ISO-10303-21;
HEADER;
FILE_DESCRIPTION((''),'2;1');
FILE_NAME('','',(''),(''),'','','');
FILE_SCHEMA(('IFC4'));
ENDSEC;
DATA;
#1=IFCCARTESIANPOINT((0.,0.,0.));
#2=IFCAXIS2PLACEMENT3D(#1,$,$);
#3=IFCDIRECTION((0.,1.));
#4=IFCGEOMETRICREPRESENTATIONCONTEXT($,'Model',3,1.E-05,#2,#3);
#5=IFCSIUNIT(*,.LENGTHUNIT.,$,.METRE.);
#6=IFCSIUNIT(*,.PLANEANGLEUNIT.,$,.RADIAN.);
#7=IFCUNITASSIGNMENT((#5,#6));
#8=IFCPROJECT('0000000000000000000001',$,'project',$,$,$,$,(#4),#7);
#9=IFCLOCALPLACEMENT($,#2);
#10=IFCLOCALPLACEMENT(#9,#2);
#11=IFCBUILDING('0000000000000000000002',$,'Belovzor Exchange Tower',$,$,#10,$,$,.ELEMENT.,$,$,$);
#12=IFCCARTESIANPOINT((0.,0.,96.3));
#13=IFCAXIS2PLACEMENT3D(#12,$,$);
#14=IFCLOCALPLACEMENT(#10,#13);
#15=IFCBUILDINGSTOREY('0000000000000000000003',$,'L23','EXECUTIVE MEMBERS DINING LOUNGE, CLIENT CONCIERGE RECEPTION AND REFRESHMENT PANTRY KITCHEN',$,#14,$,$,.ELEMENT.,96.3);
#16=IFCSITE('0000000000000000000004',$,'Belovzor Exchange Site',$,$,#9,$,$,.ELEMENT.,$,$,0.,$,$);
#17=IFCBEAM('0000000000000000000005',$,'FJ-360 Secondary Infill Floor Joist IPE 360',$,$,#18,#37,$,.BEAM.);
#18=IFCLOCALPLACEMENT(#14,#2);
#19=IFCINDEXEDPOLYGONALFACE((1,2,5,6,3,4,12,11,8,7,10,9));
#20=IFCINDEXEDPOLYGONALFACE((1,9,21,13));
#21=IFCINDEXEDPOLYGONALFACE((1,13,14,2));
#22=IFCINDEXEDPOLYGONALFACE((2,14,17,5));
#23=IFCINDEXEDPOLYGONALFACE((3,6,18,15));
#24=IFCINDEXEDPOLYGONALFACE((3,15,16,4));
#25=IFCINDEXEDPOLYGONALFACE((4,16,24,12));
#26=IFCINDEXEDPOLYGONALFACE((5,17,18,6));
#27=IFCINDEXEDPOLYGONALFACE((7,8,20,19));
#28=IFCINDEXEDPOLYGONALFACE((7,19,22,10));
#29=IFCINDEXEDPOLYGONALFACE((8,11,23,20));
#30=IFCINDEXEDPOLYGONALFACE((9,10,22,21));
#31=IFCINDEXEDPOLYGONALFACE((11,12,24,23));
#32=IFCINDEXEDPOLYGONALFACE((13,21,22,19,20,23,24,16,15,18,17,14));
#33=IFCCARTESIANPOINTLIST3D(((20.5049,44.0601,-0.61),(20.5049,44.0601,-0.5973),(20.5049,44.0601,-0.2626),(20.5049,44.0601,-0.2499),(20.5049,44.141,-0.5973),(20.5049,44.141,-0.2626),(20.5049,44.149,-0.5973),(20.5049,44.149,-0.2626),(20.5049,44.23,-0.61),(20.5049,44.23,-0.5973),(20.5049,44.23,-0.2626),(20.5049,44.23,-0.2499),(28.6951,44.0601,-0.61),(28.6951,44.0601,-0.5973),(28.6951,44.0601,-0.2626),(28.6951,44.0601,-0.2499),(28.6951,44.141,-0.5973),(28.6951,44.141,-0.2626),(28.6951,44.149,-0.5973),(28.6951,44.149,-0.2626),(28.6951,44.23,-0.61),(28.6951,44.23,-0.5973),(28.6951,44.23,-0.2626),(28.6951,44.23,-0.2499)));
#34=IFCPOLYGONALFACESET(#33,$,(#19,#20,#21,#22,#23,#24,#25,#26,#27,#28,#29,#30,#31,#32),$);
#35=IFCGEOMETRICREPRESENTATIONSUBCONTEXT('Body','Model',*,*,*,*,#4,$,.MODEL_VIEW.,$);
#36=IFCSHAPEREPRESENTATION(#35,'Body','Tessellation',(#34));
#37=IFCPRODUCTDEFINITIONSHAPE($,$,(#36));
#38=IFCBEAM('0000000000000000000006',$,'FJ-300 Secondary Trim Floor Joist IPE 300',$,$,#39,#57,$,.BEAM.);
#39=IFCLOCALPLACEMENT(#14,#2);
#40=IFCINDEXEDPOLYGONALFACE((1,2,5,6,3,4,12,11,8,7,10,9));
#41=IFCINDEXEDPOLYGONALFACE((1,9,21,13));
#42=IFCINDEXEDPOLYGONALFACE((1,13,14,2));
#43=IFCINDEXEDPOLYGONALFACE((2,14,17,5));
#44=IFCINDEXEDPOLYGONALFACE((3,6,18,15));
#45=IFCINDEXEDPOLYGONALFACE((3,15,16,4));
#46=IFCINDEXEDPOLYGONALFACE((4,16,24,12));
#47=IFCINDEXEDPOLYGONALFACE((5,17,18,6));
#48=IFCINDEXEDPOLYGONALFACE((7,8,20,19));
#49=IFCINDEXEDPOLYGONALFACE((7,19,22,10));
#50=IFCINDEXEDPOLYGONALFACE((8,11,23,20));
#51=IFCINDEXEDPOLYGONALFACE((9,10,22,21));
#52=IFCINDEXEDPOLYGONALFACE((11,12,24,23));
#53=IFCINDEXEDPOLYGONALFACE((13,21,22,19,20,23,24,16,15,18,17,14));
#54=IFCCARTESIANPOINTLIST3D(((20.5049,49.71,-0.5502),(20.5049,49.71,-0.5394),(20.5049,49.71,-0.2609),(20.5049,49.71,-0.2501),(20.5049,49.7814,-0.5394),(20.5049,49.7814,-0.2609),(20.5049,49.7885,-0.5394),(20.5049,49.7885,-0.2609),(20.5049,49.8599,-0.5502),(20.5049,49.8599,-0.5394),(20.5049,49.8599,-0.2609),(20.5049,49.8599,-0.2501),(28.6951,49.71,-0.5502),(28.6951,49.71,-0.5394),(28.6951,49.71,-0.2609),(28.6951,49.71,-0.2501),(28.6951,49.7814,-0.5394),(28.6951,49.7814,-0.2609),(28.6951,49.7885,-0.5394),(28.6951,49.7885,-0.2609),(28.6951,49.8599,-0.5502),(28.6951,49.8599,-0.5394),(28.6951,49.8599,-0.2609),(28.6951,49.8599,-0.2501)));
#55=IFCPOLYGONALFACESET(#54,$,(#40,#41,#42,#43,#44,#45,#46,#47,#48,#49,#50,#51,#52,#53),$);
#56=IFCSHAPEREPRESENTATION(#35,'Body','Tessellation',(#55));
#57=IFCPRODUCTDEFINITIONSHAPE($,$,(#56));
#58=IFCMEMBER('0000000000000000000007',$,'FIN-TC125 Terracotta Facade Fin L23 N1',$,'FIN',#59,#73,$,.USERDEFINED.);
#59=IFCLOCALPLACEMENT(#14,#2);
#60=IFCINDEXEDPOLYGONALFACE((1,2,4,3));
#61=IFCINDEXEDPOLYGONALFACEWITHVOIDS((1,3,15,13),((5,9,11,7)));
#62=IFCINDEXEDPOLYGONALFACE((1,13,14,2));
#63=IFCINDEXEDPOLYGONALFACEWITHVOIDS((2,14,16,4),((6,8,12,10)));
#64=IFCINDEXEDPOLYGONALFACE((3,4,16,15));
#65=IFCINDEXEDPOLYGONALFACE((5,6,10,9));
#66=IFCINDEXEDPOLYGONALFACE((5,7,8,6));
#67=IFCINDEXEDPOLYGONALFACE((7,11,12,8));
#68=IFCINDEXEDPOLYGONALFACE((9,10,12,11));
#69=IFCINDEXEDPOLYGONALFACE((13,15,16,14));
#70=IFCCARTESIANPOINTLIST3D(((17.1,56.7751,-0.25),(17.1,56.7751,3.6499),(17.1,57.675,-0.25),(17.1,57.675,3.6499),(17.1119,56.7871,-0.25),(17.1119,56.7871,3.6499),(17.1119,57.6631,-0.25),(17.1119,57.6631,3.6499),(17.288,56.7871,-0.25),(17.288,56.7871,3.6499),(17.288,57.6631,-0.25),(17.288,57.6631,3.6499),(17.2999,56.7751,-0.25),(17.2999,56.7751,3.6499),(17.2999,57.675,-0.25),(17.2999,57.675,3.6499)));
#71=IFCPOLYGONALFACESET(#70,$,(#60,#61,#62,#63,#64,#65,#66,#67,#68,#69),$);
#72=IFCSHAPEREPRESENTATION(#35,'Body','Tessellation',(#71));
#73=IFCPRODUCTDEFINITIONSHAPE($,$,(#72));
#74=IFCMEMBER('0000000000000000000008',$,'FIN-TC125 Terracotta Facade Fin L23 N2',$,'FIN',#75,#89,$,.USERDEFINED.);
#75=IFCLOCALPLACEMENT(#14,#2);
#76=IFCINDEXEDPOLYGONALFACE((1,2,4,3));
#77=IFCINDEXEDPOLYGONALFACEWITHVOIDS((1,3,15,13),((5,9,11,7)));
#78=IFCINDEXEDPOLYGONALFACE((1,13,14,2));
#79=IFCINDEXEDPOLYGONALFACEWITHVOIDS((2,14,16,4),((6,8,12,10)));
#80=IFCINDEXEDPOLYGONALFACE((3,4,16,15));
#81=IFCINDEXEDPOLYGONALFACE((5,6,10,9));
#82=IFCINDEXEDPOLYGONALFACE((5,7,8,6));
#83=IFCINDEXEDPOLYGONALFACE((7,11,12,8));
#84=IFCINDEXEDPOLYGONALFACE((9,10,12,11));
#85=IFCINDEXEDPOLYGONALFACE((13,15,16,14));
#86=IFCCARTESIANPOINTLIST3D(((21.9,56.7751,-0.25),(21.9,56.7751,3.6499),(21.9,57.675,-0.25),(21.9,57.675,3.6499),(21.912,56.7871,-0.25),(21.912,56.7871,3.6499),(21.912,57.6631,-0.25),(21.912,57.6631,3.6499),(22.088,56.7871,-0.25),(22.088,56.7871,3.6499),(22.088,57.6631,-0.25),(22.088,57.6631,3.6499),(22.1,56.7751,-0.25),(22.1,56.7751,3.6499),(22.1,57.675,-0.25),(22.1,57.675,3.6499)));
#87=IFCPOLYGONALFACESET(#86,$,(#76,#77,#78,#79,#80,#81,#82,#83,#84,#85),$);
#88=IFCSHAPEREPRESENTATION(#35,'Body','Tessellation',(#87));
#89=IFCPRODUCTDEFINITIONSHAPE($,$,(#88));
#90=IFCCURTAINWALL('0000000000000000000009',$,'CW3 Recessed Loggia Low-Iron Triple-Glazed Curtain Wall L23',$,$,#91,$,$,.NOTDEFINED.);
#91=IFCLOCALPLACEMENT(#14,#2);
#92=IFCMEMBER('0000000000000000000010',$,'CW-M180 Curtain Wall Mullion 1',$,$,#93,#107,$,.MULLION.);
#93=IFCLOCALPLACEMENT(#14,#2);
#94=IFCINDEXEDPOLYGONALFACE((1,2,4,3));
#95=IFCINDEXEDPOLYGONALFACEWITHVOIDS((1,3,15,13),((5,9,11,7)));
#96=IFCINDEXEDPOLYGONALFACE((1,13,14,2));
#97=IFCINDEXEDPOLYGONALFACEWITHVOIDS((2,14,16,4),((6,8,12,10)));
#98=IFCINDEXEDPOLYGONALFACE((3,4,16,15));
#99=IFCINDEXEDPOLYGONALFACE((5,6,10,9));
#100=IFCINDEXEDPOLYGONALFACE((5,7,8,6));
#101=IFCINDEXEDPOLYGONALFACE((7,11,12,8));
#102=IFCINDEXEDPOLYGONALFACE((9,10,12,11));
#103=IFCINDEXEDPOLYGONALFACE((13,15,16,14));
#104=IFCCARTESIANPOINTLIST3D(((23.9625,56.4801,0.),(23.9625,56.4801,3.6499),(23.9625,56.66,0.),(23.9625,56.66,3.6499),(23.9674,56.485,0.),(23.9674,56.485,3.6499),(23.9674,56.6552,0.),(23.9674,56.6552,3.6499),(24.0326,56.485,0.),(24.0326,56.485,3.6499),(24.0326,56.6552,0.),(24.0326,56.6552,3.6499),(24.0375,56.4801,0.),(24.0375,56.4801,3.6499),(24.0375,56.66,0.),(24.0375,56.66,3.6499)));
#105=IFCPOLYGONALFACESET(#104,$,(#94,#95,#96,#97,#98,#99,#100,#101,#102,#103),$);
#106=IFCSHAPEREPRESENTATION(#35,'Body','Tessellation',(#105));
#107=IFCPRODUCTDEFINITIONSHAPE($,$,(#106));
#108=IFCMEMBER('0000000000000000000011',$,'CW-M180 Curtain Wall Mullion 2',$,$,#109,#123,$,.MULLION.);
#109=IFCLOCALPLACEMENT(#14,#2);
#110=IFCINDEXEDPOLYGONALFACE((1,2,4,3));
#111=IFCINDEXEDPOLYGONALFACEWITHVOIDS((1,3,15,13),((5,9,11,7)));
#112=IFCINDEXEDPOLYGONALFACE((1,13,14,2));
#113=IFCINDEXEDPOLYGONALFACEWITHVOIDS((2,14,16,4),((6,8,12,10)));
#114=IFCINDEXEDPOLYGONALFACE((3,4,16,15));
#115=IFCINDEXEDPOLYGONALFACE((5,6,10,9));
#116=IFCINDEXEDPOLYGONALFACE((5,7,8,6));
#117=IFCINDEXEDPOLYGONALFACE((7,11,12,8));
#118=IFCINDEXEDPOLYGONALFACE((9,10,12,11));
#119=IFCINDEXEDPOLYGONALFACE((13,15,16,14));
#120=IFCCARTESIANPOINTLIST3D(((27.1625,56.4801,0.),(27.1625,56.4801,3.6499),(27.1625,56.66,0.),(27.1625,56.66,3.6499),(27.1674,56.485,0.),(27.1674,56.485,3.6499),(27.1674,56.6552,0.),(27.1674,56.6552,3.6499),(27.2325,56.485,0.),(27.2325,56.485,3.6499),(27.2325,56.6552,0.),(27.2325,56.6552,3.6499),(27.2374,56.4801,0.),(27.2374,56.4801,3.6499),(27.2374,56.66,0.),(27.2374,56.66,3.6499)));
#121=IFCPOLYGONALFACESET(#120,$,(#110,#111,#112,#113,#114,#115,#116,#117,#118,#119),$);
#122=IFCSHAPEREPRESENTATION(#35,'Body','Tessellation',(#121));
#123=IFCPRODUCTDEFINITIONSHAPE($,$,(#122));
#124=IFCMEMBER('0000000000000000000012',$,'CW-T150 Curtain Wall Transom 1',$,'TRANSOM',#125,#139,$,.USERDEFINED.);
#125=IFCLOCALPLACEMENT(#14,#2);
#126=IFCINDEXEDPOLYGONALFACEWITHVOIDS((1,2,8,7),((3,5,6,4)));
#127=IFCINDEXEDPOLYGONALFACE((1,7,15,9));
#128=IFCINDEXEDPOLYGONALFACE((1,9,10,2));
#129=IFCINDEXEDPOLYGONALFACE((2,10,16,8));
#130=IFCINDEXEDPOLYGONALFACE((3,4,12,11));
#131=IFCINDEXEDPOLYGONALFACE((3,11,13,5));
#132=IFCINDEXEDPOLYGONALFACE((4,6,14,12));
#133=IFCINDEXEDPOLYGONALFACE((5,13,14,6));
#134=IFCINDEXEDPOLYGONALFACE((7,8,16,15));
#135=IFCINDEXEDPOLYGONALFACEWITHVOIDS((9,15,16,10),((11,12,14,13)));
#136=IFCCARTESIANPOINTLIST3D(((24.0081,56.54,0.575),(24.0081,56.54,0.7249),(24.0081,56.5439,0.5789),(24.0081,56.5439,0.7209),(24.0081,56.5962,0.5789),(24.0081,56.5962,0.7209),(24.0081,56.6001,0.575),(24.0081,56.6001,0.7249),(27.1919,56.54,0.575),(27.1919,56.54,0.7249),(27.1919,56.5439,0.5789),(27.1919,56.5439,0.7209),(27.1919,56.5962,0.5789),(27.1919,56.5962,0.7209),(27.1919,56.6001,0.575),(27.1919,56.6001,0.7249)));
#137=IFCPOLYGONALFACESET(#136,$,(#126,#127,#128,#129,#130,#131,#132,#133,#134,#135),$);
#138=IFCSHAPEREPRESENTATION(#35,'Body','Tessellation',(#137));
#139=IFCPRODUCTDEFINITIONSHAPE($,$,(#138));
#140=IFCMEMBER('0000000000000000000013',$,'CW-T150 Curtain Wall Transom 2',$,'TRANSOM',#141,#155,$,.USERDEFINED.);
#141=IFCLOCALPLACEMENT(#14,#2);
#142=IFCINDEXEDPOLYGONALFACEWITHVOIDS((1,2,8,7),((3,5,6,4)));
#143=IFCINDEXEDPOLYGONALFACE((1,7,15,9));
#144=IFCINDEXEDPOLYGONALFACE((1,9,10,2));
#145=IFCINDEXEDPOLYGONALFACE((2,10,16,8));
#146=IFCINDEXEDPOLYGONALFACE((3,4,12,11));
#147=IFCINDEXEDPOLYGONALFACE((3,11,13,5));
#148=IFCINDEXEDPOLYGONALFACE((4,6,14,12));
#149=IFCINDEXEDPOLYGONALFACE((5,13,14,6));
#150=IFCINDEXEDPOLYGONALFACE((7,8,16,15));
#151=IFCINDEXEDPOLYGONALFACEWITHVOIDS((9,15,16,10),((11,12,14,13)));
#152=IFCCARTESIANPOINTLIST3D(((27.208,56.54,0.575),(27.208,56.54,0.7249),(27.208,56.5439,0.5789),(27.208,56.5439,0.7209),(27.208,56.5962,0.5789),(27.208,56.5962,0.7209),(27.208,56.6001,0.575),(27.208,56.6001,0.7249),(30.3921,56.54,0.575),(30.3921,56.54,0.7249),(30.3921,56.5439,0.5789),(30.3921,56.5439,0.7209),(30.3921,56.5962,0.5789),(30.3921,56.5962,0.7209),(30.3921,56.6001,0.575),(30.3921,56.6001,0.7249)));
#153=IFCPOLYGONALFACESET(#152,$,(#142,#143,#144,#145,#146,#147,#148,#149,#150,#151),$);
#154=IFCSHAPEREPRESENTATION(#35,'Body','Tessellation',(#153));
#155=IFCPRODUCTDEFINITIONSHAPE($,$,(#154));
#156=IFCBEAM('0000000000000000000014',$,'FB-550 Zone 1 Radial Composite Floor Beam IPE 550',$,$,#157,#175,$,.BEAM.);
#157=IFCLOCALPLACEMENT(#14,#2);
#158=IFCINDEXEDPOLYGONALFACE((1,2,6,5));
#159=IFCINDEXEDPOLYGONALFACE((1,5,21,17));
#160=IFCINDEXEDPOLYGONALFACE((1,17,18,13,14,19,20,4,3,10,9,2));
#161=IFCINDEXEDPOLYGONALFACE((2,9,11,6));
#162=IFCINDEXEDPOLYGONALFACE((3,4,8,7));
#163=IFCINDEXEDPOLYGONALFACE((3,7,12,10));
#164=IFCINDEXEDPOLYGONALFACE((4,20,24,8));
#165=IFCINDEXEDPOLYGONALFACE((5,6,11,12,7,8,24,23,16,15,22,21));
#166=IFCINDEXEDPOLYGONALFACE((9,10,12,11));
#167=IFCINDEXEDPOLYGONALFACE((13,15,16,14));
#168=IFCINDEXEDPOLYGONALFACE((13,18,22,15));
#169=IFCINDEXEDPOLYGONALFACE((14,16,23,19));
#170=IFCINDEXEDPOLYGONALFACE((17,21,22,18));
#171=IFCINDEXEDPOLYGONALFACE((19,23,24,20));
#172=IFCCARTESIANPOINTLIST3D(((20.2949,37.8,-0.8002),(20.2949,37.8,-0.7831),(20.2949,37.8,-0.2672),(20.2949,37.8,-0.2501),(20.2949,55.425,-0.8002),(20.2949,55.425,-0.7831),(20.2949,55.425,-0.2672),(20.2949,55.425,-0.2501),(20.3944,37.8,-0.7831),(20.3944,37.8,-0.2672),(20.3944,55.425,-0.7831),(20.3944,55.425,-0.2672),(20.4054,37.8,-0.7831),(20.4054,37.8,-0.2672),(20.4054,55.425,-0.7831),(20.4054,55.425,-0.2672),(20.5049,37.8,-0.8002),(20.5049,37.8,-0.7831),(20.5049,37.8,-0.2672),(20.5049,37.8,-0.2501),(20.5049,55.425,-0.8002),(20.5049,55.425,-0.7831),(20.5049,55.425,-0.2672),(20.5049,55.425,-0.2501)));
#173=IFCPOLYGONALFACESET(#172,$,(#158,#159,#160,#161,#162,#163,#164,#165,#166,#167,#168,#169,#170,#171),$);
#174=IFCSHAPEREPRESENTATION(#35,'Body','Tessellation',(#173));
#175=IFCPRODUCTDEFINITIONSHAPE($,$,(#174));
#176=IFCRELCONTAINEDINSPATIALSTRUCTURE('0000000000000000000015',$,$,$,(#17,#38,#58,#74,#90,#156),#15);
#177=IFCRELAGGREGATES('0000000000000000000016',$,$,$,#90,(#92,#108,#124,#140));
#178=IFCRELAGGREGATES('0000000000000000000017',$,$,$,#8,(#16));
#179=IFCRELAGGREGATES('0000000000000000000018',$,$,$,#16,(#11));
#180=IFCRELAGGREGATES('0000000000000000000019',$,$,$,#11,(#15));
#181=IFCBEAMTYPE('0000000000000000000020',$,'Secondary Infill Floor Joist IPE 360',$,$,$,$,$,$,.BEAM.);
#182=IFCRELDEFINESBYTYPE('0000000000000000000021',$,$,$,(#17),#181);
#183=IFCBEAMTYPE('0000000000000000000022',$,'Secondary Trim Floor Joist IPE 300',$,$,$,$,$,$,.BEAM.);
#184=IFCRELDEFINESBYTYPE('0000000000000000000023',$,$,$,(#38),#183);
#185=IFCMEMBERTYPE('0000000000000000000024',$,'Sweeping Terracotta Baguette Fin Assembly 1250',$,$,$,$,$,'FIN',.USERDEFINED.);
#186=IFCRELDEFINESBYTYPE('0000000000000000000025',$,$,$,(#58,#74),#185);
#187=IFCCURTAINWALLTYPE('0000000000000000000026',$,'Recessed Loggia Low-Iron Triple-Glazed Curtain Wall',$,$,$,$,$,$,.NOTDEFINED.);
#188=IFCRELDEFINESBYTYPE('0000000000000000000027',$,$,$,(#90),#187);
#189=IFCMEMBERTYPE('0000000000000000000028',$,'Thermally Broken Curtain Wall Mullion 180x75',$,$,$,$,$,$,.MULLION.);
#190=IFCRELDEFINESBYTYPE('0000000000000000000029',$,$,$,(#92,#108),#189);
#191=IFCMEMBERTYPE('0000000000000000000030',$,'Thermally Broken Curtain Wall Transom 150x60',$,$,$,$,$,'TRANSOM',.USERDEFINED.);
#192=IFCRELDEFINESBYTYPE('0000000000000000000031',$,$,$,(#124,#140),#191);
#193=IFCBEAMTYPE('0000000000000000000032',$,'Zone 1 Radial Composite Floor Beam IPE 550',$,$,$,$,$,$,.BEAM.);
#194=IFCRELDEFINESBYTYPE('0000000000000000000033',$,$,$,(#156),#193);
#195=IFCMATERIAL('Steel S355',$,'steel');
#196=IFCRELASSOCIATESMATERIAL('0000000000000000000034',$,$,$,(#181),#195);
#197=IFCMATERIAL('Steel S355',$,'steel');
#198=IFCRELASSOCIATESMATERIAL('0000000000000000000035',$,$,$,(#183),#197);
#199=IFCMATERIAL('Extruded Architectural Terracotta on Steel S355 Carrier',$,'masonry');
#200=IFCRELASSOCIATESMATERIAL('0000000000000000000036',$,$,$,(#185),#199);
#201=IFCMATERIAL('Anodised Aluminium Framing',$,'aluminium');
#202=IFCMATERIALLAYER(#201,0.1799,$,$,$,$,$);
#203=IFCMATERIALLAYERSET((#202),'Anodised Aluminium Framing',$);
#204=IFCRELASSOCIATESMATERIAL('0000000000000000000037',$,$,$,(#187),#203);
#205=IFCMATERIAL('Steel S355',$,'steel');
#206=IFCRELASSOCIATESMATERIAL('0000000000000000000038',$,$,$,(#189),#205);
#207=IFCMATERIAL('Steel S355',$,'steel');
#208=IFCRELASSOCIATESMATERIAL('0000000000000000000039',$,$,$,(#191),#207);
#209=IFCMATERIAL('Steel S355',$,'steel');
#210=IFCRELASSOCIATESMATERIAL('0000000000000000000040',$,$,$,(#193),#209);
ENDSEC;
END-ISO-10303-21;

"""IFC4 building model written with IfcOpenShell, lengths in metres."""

from ifc_helpers import new_model, si_unit, direction, frame, origin, origin_2d, place, context, subcontext, project, spatial, hollow_rectangle, i_section, extrude, material, layer, layer_set, material_profile, profile_set, type_object, element, aggregate, save


model = new_model("IFC4")

# Units and contexts
model_context = context("Model", 3, precision=1e-05, world=origin(), true_north=direction((0.0, 1.0)))
body_context = subcontext(model_context, "Body", "Model", "MODEL_VIEW")
ifc_project = project(units=[si_unit("LENGTHUNIT", "METRE"), si_unit("PLANEANGLEUNIT", "RADIAN")], contexts=[model_context])

# Site, building, storey
site_placement = place(None, origin())
site = spatial("IfcSite", under=ifc_project, at=site_placement, Name="Belovzor Exchange Site", CompositionType="ELEMENT", RefElevation=0.0)
building_placement = place(site_placement, origin())
building = spatial("IfcBuilding", under=site, at=building_placement, Name="Belovzor Exchange Tower", CompositionType="ELEMENT")
storey_placement = place(building_placement, frame((0.0, 0.0, 96.3)))
storey = spatial("IfcBuildingStorey", under=building, at=storey_placement, Name="L23", Description="EXECUTIVE MEMBERS DINING LOUNGE, CLIENT CONCIERGE RECEPTION AND REFRESHMENT PANTRY KITCHEN", CompositionType="ELEMENT", Elevation=96.3)

# Beams
ifc_material_1 = material(Name="Steel S355", Category="steel")
ifc_material_profile_1 = material_profile(ifc_material_1, i_section(OverallWidth=0.1699, OverallDepth=0.3601, WebThickness=0.0081, FlangeThickness=0.0127, at=origin_2d()))
ifc_profile_set_1 = profile_set([ifc_material_profile_1], Name="Steel S355")
beam_type_1 = type_object("IfcBeamType", Name="Secondary Infill Floor Joist IPE 360", PredefinedType="BEAM", material=ifc_profile_set_1)
beam_1_placement = place(storey_placement, frame((20.5049, 44.145, -0.4299), z_axis=(1.0, 0.0, 0.0), x_axis=(0.0, 1.0, 0.0)))
element("IfcBeam", 1, at=beam_1_placement, inside=storey, type_object=beam_type_1, Name="FJ-360 Secondary Infill Floor Joist IPE 360", PredefinedType="BEAM", context=body_context, shape_type="SweptSolid", body=[
    extrude(i_section(OverallWidth=0.1699, OverallDepth=0.3601, WebThickness=0.0081, FlangeThickness=0.0127, at=origin_2d()), origin(), (0.0, 0.0, 1.0), 8.1902),
])
ifc_material_2 = material(Name="Steel S355", Category="steel")
ifc_material_profile_2 = material_profile(ifc_material_2, i_section(OverallWidth=0.1499, OverallDepth=0.3, WebThickness=0.0071, FlangeThickness=0.0107, at=origin_2d()))
ifc_profile_set_2 = profile_set([ifc_material_profile_2], Name="Steel S355")
beam_type_2 = type_object("IfcBeamType", Name="Secondary Trim Floor Joist IPE 300", PredefinedType="BEAM", material=ifc_profile_set_2)
beam_2_placement = place(storey_placement, frame((20.5049, 49.7849, -0.4001), z_axis=(1.0, 0.0, 0.0), x_axis=(0.0, 1.0, 0.0)))
element("IfcBeam", 2, at=beam_2_placement, inside=storey, type_object=beam_type_2, Name="FJ-300 Secondary Trim Floor Joist IPE 300", PredefinedType="BEAM", context=body_context, shape_type="SweptSolid", body=[
    extrude(i_section(OverallWidth=0.1499, OverallDepth=0.3, WebThickness=0.0071, FlangeThickness=0.0107, at=origin_2d()), origin(), (0.0, 0.0, 1.0), 8.1902),
])

# Members
ifc_material_3 = material(Name="Extruded Architectural Terracotta on Steel S355 Carrier", Category="masonry")
ifc_material_profile_3 = material_profile(ifc_material_3, hollow_rectangle(XDim=0.2, YDim=0.8999, WallThickness=0.012, at=origin_2d()))
ifc_profile_set_3 = profile_set([ifc_material_profile_3], Name="Extruded Architectural Terracotta on Steel S355 Carrier")
member_type_1 = type_object("IfcMemberType", Name="Sweeping Terracotta Baguette Fin Assembly 1250", ElementType="FIN", PredefinedType="USERDEFINED", material=ifc_profile_set_3)
for number, where, z_axis, x_axis, name in (
    (3, (17.2, 57.2251, -0.25), (0.0, 0.0, 1.0), (1.0, 0.0, 0.0), "FIN-TC125 Terracotta Facade Fin L23 N1"),
    (4, (22.0, 57.2251, -0.25), (0.0, 0.0, 1.0), (1.0, 0.0, 0.0), "FIN-TC125 Terracotta Facade Fin L23 N2"),
):
    element("IfcMember", number, at=place(storey_placement, frame(where, z_axis=z_axis, x_axis=x_axis)), inside=storey, type_object=member_type_1, Name=name, ObjectType="FIN", PredefinedType="USERDEFINED", context=body_context, shape_type="SweptSolid", body=[
        extrude(hollow_rectangle(XDim=0.2, YDim=0.8999, WallThickness=0.012, at=origin_2d()), origin(), (0.0, 0.0, 1.0), 3.8999),
    ])

# Curtain wall, members
ifc_material_4 = material(Name="Anodised Aluminium Framing", Category="aluminium")
ifc_layer_1 = layer(ifc_material_4, 0.1799)
ifc_layer_set_1 = layer_set([ifc_layer_1], Name="Anodised Aluminium Framing")
curtain_wall_type = type_object("IfcCurtainWallType", Name="Recessed Loggia Low-Iron Triple-Glazed Curtain Wall", PredefinedType="NOTDEFINED", material=ifc_layer_set_1)
curtain_wall_placement = place(storey_placement, origin())
curtain_wall = element("IfcCurtainWall", 5, at=curtain_wall_placement, inside=storey, type_object=curtain_wall_type, Name="CW3 Recessed Loggia Low-Iron Triple-Glazed Curtain Wall L23", PredefinedType="NOTDEFINED")
ifc_material_5 = material(Name="Steel S355", Category="steel")
ifc_material_profile_4 = material_profile(ifc_material_5, hollow_rectangle(XDim=0.075, YDim=0.1799, WallThickness=0.0049, at=origin_2d()))
ifc_profile_set_4 = profile_set([ifc_material_profile_4], Name="Steel S355")
member_type_2 = type_object("IfcMemberType", Name="Thermally Broken Curtain Wall Mullion 180x75", PredefinedType="MULLION", material=ifc_profile_set_4)
member_1_placement = place(storey_placement, frame((24.0, 56.5701, 0.0), z_axis=(0.0, 0.0, 1.0), x_axis=(1.0, 0.0, 0.0)))
member_1 = element("IfcMember", 6, at=member_1_placement, type_object=member_type_2, Name="CW-M180 Curtain Wall Mullion 1", PredefinedType="MULLION", context=body_context, shape_type="SweptSolid", body=[
    extrude(hollow_rectangle(XDim=0.075, YDim=0.1799, WallThickness=0.0049, at=origin_2d()), origin(), (0.0, 0.0, 1.0), 3.6499),
])
member_2_placement = place(storey_placement, frame((27.2, 56.5701, 0.0), z_axis=(0.0, 0.0, 1.0), x_axis=(1.0, 0.0, 0.0)))
member_2 = element("IfcMember", 7, at=member_2_placement, type_object=member_type_2, Name="CW-M180 Curtain Wall Mullion 2", PredefinedType="MULLION", context=body_context, shape_type="SweptSolid", body=[
    extrude(hollow_rectangle(XDim=0.075, YDim=0.1799, WallThickness=0.0049, at=origin_2d()), origin(), (0.0, 0.0, 1.0), 3.6499),
])
ifc_material_6 = material(Name="Steel S355", Category="steel")
ifc_material_profile_5 = material_profile(ifc_material_6, hollow_rectangle(XDim=0.0601, YDim=0.1499, WallThickness=0.0039, at=origin_2d()))
ifc_profile_set_5 = profile_set([ifc_material_profile_5], Name="Steel S355")
member_type_3 = type_object("IfcMemberType", Name="Thermally Broken Curtain Wall Transom 150x60", ElementType="TRANSOM", PredefinedType="USERDEFINED", material=ifc_profile_set_5)
member_3_placement = place(storey_placement, frame((24.0081, 56.5701, 0.6499), z_axis=(1.0, 0.0, 0.0), x_axis=(0.0, 1.0, 0.0)))
member_3 = element("IfcMember", 8, at=member_3_placement, type_object=member_type_3, Name="CW-T150 Curtain Wall Transom 1", ObjectType="TRANSOM", PredefinedType="USERDEFINED", context=body_context, shape_type="SweptSolid", body=[
    extrude(hollow_rectangle(XDim=0.0601, YDim=0.1499, WallThickness=0.0039, at=origin_2d()), origin(), (0.0, 0.0, 1.0), 3.1838),
])
member_4_placement = place(storey_placement, frame((27.208, 56.5701, 0.6499), z_axis=(1.0, 0.0, 0.0), x_axis=(0.0, 1.0, 0.0)))
member_4 = element("IfcMember", 9, at=member_4_placement, type_object=member_type_3, Name="CW-T150 Curtain Wall Transom 2", ObjectType="TRANSOM", PredefinedType="USERDEFINED", context=body_context, shape_type="SweptSolid", body=[
    extrude(hollow_rectangle(XDim=0.0601, YDim=0.1499, WallThickness=0.0039, at=origin_2d()), origin(), (0.0, 0.0, 1.0), 3.1841),
])

# Beam
ifc_material_7 = material(Name="Steel S355", Category="steel")
ifc_material_profile_6 = material_profile(ifc_material_7, i_section(OverallWidth=0.21, OverallDepth=0.55, WebThickness=0.011, FlangeThickness=0.0171, at=origin_2d()))
ifc_profile_set_6 = profile_set([ifc_material_profile_6], Name="Steel S355")
beam_type_3 = type_object("IfcBeamType", Name="Zone 1 Radial Composite Floor Beam IPE 550", PredefinedType="BEAM", material=ifc_profile_set_6)
for number, where, z_axis, x_axis, name in (
    (10, (20.3999, 37.8, -0.5251), (0.0, 1.0, 0.0), (-1.0, 0.0, 0.0), "FB-550 Zone 1 Radial Composite Floor Beam IPE 550"),
):
    element("IfcBeam", number, at=place(storey_placement, frame(where, z_axis=z_axis, x_axis=x_axis)), inside=storey, type_object=beam_type_3, Name=name, PredefinedType="BEAM", context=body_context, shape_type="SweptSolid", body=[
        extrude(i_section(OverallWidth=0.21, OverallDepth=0.55, WebThickness=0.011, FlangeThickness=0.0171, at=origin_2d()), origin(), (0.0, 0.0, 1.0), 17.625),
    ])

aggregate(curtain_wall, [member_1, member_2, member_3, member_4])

save(model, "model.ifc")
